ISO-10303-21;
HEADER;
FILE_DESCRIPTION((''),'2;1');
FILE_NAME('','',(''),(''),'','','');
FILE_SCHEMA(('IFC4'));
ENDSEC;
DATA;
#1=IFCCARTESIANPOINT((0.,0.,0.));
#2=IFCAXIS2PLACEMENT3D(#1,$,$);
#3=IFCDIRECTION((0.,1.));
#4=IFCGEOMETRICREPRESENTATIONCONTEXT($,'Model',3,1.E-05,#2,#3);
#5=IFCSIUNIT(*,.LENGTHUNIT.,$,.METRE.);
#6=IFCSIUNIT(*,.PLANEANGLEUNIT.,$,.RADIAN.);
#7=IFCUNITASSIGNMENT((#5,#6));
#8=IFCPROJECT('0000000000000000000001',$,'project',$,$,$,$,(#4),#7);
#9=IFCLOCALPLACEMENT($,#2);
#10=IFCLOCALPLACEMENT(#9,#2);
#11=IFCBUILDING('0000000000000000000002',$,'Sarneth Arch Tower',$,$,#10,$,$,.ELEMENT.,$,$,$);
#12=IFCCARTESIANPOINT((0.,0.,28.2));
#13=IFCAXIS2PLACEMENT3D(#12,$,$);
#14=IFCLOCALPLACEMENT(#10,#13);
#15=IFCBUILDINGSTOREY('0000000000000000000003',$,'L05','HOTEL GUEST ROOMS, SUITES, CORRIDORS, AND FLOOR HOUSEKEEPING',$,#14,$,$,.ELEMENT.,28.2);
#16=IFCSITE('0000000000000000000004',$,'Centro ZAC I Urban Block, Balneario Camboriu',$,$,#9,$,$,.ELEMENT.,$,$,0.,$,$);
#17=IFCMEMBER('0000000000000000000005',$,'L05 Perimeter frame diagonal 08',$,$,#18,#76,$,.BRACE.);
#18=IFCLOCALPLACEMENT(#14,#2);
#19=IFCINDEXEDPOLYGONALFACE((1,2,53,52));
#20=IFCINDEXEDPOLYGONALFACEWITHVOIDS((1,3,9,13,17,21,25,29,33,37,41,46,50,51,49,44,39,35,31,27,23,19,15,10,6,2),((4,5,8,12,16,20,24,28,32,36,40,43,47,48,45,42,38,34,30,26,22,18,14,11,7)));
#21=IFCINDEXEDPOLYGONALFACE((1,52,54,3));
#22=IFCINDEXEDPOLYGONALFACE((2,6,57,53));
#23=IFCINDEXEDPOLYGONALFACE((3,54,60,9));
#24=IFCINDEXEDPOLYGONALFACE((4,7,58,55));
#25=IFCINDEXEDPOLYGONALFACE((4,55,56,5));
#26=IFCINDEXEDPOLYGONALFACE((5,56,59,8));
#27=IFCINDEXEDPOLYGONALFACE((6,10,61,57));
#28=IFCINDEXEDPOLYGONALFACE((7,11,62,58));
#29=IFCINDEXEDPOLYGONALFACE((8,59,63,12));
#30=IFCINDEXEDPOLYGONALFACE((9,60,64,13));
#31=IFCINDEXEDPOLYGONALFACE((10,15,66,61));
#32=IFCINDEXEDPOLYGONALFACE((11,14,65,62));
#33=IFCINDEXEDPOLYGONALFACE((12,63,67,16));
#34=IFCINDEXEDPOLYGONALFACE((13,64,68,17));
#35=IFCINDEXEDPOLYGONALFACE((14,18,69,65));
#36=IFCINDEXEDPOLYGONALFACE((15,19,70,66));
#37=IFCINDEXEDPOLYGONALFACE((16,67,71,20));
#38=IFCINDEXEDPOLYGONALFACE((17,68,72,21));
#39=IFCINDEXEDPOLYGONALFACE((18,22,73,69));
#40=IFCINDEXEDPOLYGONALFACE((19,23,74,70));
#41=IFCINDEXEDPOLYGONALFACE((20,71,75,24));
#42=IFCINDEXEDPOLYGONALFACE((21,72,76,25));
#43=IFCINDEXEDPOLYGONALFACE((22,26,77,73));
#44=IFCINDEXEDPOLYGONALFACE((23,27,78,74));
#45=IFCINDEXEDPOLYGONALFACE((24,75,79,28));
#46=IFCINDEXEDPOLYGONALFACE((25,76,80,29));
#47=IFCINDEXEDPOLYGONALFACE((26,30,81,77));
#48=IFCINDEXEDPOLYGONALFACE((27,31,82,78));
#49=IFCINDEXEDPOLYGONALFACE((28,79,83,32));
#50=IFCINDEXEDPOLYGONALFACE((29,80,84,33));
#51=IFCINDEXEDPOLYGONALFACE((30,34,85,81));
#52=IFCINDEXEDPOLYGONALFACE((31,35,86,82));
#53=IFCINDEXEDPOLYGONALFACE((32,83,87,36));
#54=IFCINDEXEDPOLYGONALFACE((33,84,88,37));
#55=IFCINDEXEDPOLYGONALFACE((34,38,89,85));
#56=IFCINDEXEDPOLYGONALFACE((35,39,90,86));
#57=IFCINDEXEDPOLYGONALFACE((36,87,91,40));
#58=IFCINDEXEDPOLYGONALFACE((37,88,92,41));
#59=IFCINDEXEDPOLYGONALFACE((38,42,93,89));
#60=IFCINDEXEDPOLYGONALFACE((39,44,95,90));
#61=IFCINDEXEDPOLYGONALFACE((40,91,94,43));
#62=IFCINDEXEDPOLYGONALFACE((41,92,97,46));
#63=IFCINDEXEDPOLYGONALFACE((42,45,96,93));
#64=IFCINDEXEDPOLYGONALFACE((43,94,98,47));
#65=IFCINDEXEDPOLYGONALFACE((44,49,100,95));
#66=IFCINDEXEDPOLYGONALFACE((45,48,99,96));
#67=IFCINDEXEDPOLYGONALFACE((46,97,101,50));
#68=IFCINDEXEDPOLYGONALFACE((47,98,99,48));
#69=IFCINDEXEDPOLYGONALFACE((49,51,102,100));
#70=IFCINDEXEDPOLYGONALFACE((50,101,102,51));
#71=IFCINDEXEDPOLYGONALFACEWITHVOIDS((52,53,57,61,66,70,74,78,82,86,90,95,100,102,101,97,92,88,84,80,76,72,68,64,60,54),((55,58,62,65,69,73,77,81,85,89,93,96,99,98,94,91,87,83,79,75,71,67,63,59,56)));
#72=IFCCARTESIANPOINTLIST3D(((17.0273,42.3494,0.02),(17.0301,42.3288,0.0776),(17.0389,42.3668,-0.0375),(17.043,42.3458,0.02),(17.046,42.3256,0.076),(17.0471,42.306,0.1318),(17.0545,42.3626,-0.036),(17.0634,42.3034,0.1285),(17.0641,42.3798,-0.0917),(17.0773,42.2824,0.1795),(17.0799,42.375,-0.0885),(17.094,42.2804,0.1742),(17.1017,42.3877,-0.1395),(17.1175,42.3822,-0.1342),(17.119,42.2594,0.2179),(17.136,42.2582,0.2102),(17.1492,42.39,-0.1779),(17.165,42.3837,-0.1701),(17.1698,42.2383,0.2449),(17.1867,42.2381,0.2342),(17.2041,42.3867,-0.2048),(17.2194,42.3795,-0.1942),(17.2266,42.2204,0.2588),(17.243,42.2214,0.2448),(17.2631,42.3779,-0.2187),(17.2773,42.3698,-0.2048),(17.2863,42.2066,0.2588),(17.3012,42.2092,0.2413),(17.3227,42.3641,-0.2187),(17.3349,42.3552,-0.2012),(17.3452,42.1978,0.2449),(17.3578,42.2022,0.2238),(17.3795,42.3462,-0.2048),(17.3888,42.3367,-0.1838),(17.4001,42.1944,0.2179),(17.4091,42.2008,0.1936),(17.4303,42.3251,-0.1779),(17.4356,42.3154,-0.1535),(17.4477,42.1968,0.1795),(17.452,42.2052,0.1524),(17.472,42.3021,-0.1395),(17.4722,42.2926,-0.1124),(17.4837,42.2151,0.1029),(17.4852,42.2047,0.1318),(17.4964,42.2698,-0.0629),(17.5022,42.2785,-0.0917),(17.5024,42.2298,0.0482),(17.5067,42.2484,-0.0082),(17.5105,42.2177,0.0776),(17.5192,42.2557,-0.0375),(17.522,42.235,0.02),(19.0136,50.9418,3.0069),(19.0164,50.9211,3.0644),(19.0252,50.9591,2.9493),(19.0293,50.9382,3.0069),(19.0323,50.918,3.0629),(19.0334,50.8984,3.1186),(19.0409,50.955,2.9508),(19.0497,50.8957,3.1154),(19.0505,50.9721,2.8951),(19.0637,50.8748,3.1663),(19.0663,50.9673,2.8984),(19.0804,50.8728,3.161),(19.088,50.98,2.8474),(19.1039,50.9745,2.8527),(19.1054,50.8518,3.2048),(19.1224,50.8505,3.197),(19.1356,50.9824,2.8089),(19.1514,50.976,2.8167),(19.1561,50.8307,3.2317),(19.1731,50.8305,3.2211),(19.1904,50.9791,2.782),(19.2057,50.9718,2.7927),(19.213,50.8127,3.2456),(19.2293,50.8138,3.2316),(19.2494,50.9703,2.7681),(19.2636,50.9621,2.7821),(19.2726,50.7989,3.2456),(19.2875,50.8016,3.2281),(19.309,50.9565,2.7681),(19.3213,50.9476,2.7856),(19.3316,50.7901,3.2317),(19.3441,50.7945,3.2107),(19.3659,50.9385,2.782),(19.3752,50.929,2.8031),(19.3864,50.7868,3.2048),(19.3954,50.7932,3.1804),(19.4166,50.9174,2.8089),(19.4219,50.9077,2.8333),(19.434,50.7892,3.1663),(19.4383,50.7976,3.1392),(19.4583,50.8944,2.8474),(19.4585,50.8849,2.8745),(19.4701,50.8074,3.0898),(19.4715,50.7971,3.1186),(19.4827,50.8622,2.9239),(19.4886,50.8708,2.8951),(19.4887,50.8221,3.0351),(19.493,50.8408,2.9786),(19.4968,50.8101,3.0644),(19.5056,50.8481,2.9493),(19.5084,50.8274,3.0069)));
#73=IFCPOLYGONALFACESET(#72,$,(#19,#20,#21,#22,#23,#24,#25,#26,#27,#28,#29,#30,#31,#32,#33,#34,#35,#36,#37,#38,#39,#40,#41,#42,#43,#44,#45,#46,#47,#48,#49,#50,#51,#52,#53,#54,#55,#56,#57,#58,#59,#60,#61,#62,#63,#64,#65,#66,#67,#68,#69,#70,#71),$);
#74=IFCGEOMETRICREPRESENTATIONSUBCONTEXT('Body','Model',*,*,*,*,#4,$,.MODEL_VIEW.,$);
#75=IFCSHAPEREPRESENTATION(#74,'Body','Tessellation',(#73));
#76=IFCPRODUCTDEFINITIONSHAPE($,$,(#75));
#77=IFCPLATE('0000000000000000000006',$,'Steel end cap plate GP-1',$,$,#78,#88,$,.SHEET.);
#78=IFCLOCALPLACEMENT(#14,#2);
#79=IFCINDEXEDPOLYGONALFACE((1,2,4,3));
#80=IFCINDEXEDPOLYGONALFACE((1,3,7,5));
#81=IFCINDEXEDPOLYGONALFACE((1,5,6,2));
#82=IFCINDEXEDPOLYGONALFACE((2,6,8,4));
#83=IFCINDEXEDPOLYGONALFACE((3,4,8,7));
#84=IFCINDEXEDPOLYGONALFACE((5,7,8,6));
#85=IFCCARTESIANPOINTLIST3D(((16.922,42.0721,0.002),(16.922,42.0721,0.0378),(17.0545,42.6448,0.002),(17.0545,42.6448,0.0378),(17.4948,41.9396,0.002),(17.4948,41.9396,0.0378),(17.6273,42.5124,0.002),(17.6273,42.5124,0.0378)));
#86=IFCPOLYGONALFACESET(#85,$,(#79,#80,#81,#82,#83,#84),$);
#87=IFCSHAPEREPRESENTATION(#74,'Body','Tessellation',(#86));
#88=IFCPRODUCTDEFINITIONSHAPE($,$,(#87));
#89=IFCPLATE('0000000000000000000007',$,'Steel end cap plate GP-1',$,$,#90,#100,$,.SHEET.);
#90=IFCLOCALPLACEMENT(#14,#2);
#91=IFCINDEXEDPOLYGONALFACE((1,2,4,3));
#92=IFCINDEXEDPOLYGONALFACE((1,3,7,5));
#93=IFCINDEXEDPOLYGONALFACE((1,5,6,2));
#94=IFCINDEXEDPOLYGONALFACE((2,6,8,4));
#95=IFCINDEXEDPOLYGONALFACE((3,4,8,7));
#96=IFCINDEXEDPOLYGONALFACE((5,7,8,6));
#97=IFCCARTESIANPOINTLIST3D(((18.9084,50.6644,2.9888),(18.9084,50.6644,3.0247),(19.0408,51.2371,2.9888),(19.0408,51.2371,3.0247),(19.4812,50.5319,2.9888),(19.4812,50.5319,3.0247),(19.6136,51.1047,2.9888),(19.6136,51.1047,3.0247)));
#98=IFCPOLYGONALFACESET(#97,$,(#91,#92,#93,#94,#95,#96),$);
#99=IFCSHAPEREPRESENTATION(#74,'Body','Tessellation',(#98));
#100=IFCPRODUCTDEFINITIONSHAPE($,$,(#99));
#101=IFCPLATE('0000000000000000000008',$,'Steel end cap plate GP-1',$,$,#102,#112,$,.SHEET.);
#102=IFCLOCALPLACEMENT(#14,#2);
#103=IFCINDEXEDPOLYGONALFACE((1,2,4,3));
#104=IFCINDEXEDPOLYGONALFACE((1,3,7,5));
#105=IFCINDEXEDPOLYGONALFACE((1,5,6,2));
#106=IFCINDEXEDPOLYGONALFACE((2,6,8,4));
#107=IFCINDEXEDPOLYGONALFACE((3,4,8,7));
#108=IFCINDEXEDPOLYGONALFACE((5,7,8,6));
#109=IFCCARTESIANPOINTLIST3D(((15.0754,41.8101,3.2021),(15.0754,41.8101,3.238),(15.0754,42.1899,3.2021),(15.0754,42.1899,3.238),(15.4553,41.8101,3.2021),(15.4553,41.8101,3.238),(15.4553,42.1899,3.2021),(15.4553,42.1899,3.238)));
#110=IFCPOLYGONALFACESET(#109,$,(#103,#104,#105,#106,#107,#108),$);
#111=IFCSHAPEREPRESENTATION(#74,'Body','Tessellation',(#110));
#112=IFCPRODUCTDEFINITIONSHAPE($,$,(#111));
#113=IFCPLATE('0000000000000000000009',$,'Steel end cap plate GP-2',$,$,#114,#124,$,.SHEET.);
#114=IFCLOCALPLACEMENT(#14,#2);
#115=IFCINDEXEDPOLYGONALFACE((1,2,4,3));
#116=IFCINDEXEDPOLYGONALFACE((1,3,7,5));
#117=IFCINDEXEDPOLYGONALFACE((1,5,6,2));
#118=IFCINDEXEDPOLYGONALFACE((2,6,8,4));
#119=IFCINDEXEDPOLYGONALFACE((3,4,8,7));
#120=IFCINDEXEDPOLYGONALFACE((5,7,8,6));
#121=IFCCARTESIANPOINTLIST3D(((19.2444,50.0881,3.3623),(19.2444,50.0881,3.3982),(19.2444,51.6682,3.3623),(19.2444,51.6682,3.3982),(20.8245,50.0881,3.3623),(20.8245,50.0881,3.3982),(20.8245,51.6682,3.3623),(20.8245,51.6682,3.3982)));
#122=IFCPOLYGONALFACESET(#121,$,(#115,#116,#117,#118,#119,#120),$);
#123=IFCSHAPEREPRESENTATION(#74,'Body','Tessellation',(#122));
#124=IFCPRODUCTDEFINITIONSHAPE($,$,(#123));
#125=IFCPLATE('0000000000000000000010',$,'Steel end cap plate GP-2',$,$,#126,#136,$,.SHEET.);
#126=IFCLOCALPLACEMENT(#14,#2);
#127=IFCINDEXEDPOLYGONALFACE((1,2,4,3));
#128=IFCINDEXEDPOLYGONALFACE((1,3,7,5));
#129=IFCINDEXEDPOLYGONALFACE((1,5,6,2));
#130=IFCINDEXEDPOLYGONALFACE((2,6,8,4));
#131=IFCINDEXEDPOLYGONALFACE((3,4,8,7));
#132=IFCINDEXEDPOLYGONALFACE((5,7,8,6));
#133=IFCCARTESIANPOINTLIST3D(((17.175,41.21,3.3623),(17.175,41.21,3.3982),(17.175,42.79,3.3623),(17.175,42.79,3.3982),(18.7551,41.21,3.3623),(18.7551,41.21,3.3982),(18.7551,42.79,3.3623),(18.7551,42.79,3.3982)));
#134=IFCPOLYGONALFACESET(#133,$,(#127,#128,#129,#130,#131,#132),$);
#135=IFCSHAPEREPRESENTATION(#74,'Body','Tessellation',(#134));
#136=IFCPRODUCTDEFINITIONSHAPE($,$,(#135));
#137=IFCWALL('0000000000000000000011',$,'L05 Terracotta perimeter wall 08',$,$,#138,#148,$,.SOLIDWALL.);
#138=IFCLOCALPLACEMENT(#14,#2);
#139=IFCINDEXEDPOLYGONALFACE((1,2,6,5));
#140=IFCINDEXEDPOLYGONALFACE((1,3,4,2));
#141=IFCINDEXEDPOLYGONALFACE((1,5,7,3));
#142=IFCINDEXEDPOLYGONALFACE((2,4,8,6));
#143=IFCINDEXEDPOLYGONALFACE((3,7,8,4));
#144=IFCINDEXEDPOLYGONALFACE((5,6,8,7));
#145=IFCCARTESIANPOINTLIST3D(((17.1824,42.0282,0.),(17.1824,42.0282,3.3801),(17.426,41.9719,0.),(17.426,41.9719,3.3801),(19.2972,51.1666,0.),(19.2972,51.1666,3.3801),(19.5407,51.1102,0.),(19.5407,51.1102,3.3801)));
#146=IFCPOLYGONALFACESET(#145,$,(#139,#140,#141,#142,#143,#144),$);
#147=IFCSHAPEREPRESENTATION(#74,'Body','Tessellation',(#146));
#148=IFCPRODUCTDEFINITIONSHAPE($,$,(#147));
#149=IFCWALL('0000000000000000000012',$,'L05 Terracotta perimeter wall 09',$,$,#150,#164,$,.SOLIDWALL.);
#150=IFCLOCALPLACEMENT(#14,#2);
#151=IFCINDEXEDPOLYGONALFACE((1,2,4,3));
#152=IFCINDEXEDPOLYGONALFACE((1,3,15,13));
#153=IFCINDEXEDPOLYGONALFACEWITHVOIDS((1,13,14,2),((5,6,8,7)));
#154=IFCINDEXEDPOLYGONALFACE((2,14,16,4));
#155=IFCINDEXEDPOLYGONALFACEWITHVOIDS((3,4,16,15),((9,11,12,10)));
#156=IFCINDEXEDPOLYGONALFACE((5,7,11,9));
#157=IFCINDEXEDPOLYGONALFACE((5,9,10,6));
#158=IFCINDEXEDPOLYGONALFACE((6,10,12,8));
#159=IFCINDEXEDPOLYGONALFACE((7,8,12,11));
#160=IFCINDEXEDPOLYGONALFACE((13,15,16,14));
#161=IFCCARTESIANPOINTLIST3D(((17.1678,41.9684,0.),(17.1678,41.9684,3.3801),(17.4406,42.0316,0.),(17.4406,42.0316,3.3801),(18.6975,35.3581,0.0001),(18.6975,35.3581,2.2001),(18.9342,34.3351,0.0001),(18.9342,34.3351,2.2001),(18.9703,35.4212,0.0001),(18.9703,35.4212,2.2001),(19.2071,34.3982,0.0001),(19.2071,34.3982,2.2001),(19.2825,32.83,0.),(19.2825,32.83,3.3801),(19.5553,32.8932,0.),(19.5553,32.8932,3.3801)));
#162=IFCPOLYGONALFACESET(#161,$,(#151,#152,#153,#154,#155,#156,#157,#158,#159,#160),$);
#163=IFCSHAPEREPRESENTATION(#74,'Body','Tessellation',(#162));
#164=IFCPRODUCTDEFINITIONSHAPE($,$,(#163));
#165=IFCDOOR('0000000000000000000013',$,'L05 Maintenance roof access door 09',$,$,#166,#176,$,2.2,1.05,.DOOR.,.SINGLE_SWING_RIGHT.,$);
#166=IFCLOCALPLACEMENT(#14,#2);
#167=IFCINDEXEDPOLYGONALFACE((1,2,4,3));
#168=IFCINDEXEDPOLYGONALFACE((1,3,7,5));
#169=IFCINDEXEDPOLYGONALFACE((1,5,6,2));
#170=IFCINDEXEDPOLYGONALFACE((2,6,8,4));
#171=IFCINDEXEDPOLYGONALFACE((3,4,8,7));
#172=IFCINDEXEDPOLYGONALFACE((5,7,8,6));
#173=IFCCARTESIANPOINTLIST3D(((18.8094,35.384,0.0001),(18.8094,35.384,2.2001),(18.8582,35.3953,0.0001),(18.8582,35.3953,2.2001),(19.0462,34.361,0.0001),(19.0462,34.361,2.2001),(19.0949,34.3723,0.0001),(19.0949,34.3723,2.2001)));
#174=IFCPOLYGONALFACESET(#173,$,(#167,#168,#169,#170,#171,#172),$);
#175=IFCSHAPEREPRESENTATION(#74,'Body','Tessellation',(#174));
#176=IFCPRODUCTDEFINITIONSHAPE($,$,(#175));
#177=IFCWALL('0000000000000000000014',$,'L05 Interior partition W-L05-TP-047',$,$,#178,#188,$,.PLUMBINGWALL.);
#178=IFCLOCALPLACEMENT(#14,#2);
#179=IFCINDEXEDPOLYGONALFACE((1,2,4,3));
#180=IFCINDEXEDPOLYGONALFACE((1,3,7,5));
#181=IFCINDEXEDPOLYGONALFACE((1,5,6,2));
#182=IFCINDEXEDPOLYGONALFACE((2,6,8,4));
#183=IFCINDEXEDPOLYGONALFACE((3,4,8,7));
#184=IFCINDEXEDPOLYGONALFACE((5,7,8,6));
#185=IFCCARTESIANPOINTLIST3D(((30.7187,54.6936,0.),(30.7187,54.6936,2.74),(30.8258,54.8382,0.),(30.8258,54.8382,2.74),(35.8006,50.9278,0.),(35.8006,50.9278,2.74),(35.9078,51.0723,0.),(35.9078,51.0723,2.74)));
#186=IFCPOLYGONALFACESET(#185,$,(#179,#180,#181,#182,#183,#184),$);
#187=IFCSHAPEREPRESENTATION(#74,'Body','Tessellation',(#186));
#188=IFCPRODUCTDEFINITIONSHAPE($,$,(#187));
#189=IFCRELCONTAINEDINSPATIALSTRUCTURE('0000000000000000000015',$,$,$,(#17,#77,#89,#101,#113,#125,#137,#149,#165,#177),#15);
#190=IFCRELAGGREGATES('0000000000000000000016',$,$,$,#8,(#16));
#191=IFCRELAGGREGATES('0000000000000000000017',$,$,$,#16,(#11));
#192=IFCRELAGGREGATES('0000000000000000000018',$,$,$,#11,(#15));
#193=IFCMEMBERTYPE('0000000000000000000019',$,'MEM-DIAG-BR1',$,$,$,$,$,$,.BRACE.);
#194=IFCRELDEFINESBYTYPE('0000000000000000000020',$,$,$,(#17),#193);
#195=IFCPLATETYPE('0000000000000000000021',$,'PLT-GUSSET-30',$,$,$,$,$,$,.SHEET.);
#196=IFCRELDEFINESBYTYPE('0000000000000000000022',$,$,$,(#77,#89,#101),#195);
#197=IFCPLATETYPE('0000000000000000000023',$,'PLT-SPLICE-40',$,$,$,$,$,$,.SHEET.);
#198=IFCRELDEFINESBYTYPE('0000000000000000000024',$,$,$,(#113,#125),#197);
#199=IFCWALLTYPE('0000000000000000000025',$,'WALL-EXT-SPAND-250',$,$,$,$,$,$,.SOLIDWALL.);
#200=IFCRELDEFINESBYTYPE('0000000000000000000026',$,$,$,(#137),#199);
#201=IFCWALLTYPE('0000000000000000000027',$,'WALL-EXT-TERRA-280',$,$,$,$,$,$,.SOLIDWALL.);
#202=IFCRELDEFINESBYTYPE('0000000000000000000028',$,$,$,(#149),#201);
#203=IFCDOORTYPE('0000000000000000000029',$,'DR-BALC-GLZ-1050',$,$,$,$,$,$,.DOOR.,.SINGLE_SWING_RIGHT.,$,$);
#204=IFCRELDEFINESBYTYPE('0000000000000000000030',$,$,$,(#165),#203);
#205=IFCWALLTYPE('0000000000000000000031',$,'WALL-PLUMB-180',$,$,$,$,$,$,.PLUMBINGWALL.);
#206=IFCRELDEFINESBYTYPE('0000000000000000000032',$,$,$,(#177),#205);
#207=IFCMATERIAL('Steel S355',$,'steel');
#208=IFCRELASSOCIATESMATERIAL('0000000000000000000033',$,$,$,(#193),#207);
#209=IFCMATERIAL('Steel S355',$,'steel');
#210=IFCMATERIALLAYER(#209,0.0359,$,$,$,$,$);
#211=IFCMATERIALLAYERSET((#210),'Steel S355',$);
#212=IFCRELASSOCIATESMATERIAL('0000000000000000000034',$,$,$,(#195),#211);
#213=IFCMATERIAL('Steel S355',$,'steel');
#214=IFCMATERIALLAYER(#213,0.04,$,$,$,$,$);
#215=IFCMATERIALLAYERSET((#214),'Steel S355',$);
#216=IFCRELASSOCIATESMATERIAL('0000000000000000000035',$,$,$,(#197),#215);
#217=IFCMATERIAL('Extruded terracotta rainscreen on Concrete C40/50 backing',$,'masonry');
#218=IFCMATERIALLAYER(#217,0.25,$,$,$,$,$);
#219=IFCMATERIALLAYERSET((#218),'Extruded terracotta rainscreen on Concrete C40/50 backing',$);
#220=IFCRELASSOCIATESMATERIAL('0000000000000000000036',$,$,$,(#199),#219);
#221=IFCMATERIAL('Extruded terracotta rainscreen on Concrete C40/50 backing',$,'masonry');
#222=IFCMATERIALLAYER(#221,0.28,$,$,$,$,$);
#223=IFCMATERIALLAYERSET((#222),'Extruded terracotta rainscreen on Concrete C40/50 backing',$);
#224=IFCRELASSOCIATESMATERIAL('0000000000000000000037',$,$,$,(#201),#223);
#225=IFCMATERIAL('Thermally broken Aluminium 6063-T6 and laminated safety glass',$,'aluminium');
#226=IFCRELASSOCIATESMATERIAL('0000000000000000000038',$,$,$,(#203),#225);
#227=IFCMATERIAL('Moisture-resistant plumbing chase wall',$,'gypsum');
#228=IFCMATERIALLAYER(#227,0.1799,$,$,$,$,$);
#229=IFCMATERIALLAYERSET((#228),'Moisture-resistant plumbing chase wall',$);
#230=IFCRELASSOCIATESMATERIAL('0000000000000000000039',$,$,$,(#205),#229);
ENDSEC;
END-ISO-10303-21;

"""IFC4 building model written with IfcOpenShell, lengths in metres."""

from ifc_helpers import new_model, si_unit, direction, frame, frame_2d, origin, origin_2d, place, context, subcontext, project, spatial, rectangle, hollow_circle, extrude, material, layer, layer_set, material_profile, profile_set, type_object, element, fill, save


model = new_model("IFC4")

# Units and contexts
model_context = context("Model", 3, precision=1e-05, world=origin(), true_north=direction((0.0, 1.0)))
body_context = subcontext(model_context, "Body", "Model", "MODEL_VIEW")
ifc_project = project(units=[si_unit("LENGTHUNIT", "METRE"), si_unit("PLANEANGLEUNIT", "RADIAN")], contexts=[model_context])

# Site, building, storey
site_placement = place(None, origin())
site = spatial("IfcSite", under=ifc_project, at=site_placement, Name="Centro ZAC I Urban Block, Balneario Camboriu", CompositionType="ELEMENT", RefElevation=0.0)
building_placement = place(site_placement, origin())
building = spatial("IfcBuilding", under=site, at=building_placement, Name="Sarneth Arch Tower", CompositionType="ELEMENT")
storey_placement = place(building_placement, frame((0.0, 0.0, 28.2)))
storey = spatial("IfcBuildingStorey", under=building, at=storey_placement, Name="L05", Description="HOTEL GUEST ROOMS, SUITES, CORRIDORS, AND FLOOR HOUSEKEEPING", CompositionType="ELEMENT", Elevation=28.2)

# Member
ifc_material_1 = material(Name="Steel S355", Category="steel")
ifc_material_profile_1 = material_profile(ifc_material_1, hollow_circle(Radius=0.2539, WallThickness=0.0161, at=origin_2d()), Name="CHS508x16")
ifc_profile_set_1 = profile_set([ifc_material_profile_1], Name="Steel S355")
member_type_1 = type_object("IfcMemberType", Name="MEM-DIAG-BR1", PredefinedType="BRACE", material=ifc_profile_set_1)
member_1_placement = place(storey_placement, frame((17.2747, 42.2922, 0.02), z_axis=(0.213332, 0.922814, 0.320785), x_axis=(-0.974304, 0.225236, 0.0)))
element("IfcMember", 1, at=member_1_placement, inside=storey, type_object=member_type_1, Name="L05 Perimeter frame diagonal 08", PredefinedType="BRACE", context=body_context, shape_type="SweptSolid", body=[
    extrude(hollow_circle(Radius=0.2539, WallThickness=0.0161, at=origin_2d()), origin(), (0.0, 0.0, 1.0), 9.311),
])

# Plates
ifc_material_2 = material(Name="Steel S355", Category="steel")
ifc_layer_1 = layer(ifc_material_2, 0.0359)
ifc_layer_set_1 = layer_set([ifc_layer_1], Name="Steel S355")
plate_type_1 = type_object("IfcPlateType", Name="PLT-GUSSET-30", PredefinedType="SHEET", material=ifc_layer_set_1)
for number, where, z_axis, x_axis, name in (
    (2, (17.2747, 42.2922, 0.002), (0.0, 0.0, 1.0), (-0.225291, -0.974291, 0.0), "Steel end cap plate GP-1"),
    (3, (19.261, 50.8845, 2.9888), (0.0, 0.0, 1.0), (-0.225291, -0.974291, 0.0), "Steel end cap plate GP-1"),
):
    element("IfcPlate", number, at=place(storey_placement, frame(where, z_axis=z_axis, x_axis=x_axis)), inside=storey, type_object=plate_type_1, Name=name, PredefinedType="SHEET", context=body_context, shape_type="SweptSolid", body=[
        extrude(rectangle(XDim=0.5879, YDim=0.5879, at=origin_2d()), origin(), (0.0, 0.0, 1.0), 0.0359),
    ])
plate_placement = place(storey_placement, frame((15.2654, 42.0, 3.2021), z_axis=(0.0, 0.0, 1.0), x_axis=(-1.0, 0.0, 0.0)))
element("IfcPlate", 4, at=plate_placement, inside=storey, type_object=plate_type_1, Name="Steel end cap plate GP-1", PredefinedType="SHEET", context=body_context, shape_type="SweptSolid", body=[
    extrude(rectangle(XDim=0.3799, YDim=0.3799, at=origin_2d()), origin(), (0.0, 0.0, 1.0), 0.0359),
])
ifc_material_3 = material(Name="Steel S355", Category="steel")
ifc_layer_2 = layer(ifc_material_3, 0.04)
ifc_layer_set_2 = layer_set([ifc_layer_2], Name="Steel S355")
plate_type_2 = type_object("IfcPlateType", Name="PLT-SPLICE-40", PredefinedType="SHEET", material=ifc_layer_set_2)
for number, where, z_axis, x_axis, name in (
    (5, (20.0344, 50.8782, 3.3623), (0.0, 0.0, 1.0), (1.0, 0.0, 0.0), "Steel end cap plate GP-2"),
    (6, (17.9651, 42.0, 3.3623), (0.0, 0.0, 1.0), (1.0, 0.0, 0.0), "Steel end cap plate GP-2"),
):
    element("IfcPlate", number, at=place(storey_placement, frame(where, z_axis=z_axis, x_axis=x_axis)), inside=storey, type_object=plate_type_2, Name=name, PredefinedType="SHEET", context=body_context, shape_type="SweptSolid", body=[
        extrude(rectangle(XDim=1.5801, YDim=1.5801, at=origin_2d()), origin(), (0.0, 0.0, 1.0), 0.0359),
    ])

# Wall
ifc_material_4 = material(Name="Extruded terracotta rainscreen on Concrete C40/50 backing", Category="masonry")
ifc_layer_3 = layer(ifc_material_4, 0.25)
ifc_layer_set_3 = layer_set([ifc_layer_3], Name="Extruded terracotta rainscreen on Concrete C40/50 backing")
wall_type_1 = type_object("IfcWallType", Name="WALL-EXT-SPAND-250", PredefinedType="SOLIDWALL", material=ifc_layer_set_3)
wall_1_placement = place(storey_placement, frame((19.4189, 51.1384, 0.0), z_axis=(0.0, 0.0, 1.0), x_axis=(-0.225454, -0.974254, 0.0)))
element("IfcWall", 7, at=wall_1_placement, inside=storey, type_object=wall_type_1, Name="L05 Terracotta perimeter wall 08", PredefinedType="SOLIDWALL", context=body_context, shape_type="SweptSolid", body=[
    extrude(rectangle(XDim=9.3799, YDim=0.25, at=frame_2d((4.6899, 0.0))), origin(), (0.0, 0.0, 1.0), 3.3801),
])

# Wall, opening, door
ifc_material_5 = material(Name="Extruded terracotta rainscreen on Concrete C40/50 backing", Category="masonry")
ifc_layer_4 = layer(ifc_material_5, 0.28)
ifc_layer_set_4 = layer_set([ifc_layer_4], Name="Extruded terracotta rainscreen on Concrete C40/50 backing")
wall_type_2 = type_object("IfcWallType", Name="WALL-EXT-TERRA-280", PredefinedType="SOLIDWALL", material=ifc_layer_set_4)
wall_2_placement = place(storey_placement, frame((17.3042, 42.0, 0.0), z_axis=(0.0, 0.0, 1.0), x_axis=(0.225454, -0.974254, 0.0)))
wall_2 = element("IfcWall", 8, at=wall_2_placement, inside=storey, type_object=wall_type_2, Name="L05 Terracotta perimeter wall 09", PredefinedType="SOLIDWALL", context=body_context, shape_type="SweptSolid", body=[
    extrude(rectangle(XDim=9.3799, YDim=0.28, at=frame_2d((4.6899, 0.0))), origin(), (0.0, 0.0, 1.0), 3.3801),
])
opening_placement = place(wall_2_placement, frame((6.7852, 0.0, 0.0)))
opening = element("IfcOpeningElement", 9, at=opening_placement, cuts=wall_2, PredefinedType="OPENING", context=body_context, shape_type="SweptSolid", body=[
    extrude(rectangle(XDim=1.05, YDim=2.2, at=frame_2d((0.5249, 1.1001))), frame((0.0, 0.1499, 0.0), z_axis=(0.0, -1.0, 0.0), x_axis=(1.0, 0.0, 0.0)), (0.0, 0.0, 1.0), 0.3),
])
ifc_material_6 = material(Name="Thermally broken Aluminium 6063-T6 and laminated safety glass", Category="aluminium")
door_type = type_object("IfcDoorType", Name="DR-BALC-GLZ-1050", OperationType="SINGLE_SWING_RIGHT", PredefinedType="DOOR", material=ifc_material_6)
door_placement = place(opening_placement, origin())
door = element("IfcDoor", 10, at=door_placement, inside=storey, type_object=door_type, Name="L05 Maintenance roof access door 09", OperationType="SINGLE_SWING_RIGHT", OverallHeight=2.2, OverallWidth=1.05, PredefinedType="DOOR", context=body_context, shape_type="SweptSolid", body=[
    extrude(rectangle(XDim=1.05, YDim=2.2, at=frame_2d((0.5249, 1.1001))), frame((0.0, 0.0249, 0.0), z_axis=(0.0, -1.0, 0.0), x_axis=(1.0, 0.0, 0.0)), (0.0, 0.0, 1.0), 0.05),
])
fill(opening, door)

# Wall
ifc_material_7 = material(Name="Moisture-resistant plumbing chase wall", Category="gypsum")
ifc_layer_5 = layer(ifc_material_7, 0.1799)
ifc_layer_set_5 = layer_set([ifc_layer_5], Name="Moisture-resistant plumbing chase wall")
wall_type_3 = type_object("IfcWallType", Name="WALL-PLUMB-180", PredefinedType="PLUMBINGWALL", material=ifc_layer_set_5)
wall_3_placement = place(storey_placement, frame((30.7722, 54.7659, 0.0), z_axis=(0.0, 0.0, 1.0), x_axis=(0.803451, -0.595371, 0.0)))
element("IfcWall", 11, at=wall_3_placement, inside=storey, type_object=wall_type_3, Name="L05 Interior partition W-L05-TP-047", PredefinedType="PLUMBINGWALL", context=body_context, shape_type="SweptSolid", body=[
    extrude(rectangle(XDim=6.3252, YDim=0.1799, at=frame_2d((3.1626, 0.0))), origin(), (0.0, 0.0, 1.0), 2.74),
])

save(model, "model.ifc")
